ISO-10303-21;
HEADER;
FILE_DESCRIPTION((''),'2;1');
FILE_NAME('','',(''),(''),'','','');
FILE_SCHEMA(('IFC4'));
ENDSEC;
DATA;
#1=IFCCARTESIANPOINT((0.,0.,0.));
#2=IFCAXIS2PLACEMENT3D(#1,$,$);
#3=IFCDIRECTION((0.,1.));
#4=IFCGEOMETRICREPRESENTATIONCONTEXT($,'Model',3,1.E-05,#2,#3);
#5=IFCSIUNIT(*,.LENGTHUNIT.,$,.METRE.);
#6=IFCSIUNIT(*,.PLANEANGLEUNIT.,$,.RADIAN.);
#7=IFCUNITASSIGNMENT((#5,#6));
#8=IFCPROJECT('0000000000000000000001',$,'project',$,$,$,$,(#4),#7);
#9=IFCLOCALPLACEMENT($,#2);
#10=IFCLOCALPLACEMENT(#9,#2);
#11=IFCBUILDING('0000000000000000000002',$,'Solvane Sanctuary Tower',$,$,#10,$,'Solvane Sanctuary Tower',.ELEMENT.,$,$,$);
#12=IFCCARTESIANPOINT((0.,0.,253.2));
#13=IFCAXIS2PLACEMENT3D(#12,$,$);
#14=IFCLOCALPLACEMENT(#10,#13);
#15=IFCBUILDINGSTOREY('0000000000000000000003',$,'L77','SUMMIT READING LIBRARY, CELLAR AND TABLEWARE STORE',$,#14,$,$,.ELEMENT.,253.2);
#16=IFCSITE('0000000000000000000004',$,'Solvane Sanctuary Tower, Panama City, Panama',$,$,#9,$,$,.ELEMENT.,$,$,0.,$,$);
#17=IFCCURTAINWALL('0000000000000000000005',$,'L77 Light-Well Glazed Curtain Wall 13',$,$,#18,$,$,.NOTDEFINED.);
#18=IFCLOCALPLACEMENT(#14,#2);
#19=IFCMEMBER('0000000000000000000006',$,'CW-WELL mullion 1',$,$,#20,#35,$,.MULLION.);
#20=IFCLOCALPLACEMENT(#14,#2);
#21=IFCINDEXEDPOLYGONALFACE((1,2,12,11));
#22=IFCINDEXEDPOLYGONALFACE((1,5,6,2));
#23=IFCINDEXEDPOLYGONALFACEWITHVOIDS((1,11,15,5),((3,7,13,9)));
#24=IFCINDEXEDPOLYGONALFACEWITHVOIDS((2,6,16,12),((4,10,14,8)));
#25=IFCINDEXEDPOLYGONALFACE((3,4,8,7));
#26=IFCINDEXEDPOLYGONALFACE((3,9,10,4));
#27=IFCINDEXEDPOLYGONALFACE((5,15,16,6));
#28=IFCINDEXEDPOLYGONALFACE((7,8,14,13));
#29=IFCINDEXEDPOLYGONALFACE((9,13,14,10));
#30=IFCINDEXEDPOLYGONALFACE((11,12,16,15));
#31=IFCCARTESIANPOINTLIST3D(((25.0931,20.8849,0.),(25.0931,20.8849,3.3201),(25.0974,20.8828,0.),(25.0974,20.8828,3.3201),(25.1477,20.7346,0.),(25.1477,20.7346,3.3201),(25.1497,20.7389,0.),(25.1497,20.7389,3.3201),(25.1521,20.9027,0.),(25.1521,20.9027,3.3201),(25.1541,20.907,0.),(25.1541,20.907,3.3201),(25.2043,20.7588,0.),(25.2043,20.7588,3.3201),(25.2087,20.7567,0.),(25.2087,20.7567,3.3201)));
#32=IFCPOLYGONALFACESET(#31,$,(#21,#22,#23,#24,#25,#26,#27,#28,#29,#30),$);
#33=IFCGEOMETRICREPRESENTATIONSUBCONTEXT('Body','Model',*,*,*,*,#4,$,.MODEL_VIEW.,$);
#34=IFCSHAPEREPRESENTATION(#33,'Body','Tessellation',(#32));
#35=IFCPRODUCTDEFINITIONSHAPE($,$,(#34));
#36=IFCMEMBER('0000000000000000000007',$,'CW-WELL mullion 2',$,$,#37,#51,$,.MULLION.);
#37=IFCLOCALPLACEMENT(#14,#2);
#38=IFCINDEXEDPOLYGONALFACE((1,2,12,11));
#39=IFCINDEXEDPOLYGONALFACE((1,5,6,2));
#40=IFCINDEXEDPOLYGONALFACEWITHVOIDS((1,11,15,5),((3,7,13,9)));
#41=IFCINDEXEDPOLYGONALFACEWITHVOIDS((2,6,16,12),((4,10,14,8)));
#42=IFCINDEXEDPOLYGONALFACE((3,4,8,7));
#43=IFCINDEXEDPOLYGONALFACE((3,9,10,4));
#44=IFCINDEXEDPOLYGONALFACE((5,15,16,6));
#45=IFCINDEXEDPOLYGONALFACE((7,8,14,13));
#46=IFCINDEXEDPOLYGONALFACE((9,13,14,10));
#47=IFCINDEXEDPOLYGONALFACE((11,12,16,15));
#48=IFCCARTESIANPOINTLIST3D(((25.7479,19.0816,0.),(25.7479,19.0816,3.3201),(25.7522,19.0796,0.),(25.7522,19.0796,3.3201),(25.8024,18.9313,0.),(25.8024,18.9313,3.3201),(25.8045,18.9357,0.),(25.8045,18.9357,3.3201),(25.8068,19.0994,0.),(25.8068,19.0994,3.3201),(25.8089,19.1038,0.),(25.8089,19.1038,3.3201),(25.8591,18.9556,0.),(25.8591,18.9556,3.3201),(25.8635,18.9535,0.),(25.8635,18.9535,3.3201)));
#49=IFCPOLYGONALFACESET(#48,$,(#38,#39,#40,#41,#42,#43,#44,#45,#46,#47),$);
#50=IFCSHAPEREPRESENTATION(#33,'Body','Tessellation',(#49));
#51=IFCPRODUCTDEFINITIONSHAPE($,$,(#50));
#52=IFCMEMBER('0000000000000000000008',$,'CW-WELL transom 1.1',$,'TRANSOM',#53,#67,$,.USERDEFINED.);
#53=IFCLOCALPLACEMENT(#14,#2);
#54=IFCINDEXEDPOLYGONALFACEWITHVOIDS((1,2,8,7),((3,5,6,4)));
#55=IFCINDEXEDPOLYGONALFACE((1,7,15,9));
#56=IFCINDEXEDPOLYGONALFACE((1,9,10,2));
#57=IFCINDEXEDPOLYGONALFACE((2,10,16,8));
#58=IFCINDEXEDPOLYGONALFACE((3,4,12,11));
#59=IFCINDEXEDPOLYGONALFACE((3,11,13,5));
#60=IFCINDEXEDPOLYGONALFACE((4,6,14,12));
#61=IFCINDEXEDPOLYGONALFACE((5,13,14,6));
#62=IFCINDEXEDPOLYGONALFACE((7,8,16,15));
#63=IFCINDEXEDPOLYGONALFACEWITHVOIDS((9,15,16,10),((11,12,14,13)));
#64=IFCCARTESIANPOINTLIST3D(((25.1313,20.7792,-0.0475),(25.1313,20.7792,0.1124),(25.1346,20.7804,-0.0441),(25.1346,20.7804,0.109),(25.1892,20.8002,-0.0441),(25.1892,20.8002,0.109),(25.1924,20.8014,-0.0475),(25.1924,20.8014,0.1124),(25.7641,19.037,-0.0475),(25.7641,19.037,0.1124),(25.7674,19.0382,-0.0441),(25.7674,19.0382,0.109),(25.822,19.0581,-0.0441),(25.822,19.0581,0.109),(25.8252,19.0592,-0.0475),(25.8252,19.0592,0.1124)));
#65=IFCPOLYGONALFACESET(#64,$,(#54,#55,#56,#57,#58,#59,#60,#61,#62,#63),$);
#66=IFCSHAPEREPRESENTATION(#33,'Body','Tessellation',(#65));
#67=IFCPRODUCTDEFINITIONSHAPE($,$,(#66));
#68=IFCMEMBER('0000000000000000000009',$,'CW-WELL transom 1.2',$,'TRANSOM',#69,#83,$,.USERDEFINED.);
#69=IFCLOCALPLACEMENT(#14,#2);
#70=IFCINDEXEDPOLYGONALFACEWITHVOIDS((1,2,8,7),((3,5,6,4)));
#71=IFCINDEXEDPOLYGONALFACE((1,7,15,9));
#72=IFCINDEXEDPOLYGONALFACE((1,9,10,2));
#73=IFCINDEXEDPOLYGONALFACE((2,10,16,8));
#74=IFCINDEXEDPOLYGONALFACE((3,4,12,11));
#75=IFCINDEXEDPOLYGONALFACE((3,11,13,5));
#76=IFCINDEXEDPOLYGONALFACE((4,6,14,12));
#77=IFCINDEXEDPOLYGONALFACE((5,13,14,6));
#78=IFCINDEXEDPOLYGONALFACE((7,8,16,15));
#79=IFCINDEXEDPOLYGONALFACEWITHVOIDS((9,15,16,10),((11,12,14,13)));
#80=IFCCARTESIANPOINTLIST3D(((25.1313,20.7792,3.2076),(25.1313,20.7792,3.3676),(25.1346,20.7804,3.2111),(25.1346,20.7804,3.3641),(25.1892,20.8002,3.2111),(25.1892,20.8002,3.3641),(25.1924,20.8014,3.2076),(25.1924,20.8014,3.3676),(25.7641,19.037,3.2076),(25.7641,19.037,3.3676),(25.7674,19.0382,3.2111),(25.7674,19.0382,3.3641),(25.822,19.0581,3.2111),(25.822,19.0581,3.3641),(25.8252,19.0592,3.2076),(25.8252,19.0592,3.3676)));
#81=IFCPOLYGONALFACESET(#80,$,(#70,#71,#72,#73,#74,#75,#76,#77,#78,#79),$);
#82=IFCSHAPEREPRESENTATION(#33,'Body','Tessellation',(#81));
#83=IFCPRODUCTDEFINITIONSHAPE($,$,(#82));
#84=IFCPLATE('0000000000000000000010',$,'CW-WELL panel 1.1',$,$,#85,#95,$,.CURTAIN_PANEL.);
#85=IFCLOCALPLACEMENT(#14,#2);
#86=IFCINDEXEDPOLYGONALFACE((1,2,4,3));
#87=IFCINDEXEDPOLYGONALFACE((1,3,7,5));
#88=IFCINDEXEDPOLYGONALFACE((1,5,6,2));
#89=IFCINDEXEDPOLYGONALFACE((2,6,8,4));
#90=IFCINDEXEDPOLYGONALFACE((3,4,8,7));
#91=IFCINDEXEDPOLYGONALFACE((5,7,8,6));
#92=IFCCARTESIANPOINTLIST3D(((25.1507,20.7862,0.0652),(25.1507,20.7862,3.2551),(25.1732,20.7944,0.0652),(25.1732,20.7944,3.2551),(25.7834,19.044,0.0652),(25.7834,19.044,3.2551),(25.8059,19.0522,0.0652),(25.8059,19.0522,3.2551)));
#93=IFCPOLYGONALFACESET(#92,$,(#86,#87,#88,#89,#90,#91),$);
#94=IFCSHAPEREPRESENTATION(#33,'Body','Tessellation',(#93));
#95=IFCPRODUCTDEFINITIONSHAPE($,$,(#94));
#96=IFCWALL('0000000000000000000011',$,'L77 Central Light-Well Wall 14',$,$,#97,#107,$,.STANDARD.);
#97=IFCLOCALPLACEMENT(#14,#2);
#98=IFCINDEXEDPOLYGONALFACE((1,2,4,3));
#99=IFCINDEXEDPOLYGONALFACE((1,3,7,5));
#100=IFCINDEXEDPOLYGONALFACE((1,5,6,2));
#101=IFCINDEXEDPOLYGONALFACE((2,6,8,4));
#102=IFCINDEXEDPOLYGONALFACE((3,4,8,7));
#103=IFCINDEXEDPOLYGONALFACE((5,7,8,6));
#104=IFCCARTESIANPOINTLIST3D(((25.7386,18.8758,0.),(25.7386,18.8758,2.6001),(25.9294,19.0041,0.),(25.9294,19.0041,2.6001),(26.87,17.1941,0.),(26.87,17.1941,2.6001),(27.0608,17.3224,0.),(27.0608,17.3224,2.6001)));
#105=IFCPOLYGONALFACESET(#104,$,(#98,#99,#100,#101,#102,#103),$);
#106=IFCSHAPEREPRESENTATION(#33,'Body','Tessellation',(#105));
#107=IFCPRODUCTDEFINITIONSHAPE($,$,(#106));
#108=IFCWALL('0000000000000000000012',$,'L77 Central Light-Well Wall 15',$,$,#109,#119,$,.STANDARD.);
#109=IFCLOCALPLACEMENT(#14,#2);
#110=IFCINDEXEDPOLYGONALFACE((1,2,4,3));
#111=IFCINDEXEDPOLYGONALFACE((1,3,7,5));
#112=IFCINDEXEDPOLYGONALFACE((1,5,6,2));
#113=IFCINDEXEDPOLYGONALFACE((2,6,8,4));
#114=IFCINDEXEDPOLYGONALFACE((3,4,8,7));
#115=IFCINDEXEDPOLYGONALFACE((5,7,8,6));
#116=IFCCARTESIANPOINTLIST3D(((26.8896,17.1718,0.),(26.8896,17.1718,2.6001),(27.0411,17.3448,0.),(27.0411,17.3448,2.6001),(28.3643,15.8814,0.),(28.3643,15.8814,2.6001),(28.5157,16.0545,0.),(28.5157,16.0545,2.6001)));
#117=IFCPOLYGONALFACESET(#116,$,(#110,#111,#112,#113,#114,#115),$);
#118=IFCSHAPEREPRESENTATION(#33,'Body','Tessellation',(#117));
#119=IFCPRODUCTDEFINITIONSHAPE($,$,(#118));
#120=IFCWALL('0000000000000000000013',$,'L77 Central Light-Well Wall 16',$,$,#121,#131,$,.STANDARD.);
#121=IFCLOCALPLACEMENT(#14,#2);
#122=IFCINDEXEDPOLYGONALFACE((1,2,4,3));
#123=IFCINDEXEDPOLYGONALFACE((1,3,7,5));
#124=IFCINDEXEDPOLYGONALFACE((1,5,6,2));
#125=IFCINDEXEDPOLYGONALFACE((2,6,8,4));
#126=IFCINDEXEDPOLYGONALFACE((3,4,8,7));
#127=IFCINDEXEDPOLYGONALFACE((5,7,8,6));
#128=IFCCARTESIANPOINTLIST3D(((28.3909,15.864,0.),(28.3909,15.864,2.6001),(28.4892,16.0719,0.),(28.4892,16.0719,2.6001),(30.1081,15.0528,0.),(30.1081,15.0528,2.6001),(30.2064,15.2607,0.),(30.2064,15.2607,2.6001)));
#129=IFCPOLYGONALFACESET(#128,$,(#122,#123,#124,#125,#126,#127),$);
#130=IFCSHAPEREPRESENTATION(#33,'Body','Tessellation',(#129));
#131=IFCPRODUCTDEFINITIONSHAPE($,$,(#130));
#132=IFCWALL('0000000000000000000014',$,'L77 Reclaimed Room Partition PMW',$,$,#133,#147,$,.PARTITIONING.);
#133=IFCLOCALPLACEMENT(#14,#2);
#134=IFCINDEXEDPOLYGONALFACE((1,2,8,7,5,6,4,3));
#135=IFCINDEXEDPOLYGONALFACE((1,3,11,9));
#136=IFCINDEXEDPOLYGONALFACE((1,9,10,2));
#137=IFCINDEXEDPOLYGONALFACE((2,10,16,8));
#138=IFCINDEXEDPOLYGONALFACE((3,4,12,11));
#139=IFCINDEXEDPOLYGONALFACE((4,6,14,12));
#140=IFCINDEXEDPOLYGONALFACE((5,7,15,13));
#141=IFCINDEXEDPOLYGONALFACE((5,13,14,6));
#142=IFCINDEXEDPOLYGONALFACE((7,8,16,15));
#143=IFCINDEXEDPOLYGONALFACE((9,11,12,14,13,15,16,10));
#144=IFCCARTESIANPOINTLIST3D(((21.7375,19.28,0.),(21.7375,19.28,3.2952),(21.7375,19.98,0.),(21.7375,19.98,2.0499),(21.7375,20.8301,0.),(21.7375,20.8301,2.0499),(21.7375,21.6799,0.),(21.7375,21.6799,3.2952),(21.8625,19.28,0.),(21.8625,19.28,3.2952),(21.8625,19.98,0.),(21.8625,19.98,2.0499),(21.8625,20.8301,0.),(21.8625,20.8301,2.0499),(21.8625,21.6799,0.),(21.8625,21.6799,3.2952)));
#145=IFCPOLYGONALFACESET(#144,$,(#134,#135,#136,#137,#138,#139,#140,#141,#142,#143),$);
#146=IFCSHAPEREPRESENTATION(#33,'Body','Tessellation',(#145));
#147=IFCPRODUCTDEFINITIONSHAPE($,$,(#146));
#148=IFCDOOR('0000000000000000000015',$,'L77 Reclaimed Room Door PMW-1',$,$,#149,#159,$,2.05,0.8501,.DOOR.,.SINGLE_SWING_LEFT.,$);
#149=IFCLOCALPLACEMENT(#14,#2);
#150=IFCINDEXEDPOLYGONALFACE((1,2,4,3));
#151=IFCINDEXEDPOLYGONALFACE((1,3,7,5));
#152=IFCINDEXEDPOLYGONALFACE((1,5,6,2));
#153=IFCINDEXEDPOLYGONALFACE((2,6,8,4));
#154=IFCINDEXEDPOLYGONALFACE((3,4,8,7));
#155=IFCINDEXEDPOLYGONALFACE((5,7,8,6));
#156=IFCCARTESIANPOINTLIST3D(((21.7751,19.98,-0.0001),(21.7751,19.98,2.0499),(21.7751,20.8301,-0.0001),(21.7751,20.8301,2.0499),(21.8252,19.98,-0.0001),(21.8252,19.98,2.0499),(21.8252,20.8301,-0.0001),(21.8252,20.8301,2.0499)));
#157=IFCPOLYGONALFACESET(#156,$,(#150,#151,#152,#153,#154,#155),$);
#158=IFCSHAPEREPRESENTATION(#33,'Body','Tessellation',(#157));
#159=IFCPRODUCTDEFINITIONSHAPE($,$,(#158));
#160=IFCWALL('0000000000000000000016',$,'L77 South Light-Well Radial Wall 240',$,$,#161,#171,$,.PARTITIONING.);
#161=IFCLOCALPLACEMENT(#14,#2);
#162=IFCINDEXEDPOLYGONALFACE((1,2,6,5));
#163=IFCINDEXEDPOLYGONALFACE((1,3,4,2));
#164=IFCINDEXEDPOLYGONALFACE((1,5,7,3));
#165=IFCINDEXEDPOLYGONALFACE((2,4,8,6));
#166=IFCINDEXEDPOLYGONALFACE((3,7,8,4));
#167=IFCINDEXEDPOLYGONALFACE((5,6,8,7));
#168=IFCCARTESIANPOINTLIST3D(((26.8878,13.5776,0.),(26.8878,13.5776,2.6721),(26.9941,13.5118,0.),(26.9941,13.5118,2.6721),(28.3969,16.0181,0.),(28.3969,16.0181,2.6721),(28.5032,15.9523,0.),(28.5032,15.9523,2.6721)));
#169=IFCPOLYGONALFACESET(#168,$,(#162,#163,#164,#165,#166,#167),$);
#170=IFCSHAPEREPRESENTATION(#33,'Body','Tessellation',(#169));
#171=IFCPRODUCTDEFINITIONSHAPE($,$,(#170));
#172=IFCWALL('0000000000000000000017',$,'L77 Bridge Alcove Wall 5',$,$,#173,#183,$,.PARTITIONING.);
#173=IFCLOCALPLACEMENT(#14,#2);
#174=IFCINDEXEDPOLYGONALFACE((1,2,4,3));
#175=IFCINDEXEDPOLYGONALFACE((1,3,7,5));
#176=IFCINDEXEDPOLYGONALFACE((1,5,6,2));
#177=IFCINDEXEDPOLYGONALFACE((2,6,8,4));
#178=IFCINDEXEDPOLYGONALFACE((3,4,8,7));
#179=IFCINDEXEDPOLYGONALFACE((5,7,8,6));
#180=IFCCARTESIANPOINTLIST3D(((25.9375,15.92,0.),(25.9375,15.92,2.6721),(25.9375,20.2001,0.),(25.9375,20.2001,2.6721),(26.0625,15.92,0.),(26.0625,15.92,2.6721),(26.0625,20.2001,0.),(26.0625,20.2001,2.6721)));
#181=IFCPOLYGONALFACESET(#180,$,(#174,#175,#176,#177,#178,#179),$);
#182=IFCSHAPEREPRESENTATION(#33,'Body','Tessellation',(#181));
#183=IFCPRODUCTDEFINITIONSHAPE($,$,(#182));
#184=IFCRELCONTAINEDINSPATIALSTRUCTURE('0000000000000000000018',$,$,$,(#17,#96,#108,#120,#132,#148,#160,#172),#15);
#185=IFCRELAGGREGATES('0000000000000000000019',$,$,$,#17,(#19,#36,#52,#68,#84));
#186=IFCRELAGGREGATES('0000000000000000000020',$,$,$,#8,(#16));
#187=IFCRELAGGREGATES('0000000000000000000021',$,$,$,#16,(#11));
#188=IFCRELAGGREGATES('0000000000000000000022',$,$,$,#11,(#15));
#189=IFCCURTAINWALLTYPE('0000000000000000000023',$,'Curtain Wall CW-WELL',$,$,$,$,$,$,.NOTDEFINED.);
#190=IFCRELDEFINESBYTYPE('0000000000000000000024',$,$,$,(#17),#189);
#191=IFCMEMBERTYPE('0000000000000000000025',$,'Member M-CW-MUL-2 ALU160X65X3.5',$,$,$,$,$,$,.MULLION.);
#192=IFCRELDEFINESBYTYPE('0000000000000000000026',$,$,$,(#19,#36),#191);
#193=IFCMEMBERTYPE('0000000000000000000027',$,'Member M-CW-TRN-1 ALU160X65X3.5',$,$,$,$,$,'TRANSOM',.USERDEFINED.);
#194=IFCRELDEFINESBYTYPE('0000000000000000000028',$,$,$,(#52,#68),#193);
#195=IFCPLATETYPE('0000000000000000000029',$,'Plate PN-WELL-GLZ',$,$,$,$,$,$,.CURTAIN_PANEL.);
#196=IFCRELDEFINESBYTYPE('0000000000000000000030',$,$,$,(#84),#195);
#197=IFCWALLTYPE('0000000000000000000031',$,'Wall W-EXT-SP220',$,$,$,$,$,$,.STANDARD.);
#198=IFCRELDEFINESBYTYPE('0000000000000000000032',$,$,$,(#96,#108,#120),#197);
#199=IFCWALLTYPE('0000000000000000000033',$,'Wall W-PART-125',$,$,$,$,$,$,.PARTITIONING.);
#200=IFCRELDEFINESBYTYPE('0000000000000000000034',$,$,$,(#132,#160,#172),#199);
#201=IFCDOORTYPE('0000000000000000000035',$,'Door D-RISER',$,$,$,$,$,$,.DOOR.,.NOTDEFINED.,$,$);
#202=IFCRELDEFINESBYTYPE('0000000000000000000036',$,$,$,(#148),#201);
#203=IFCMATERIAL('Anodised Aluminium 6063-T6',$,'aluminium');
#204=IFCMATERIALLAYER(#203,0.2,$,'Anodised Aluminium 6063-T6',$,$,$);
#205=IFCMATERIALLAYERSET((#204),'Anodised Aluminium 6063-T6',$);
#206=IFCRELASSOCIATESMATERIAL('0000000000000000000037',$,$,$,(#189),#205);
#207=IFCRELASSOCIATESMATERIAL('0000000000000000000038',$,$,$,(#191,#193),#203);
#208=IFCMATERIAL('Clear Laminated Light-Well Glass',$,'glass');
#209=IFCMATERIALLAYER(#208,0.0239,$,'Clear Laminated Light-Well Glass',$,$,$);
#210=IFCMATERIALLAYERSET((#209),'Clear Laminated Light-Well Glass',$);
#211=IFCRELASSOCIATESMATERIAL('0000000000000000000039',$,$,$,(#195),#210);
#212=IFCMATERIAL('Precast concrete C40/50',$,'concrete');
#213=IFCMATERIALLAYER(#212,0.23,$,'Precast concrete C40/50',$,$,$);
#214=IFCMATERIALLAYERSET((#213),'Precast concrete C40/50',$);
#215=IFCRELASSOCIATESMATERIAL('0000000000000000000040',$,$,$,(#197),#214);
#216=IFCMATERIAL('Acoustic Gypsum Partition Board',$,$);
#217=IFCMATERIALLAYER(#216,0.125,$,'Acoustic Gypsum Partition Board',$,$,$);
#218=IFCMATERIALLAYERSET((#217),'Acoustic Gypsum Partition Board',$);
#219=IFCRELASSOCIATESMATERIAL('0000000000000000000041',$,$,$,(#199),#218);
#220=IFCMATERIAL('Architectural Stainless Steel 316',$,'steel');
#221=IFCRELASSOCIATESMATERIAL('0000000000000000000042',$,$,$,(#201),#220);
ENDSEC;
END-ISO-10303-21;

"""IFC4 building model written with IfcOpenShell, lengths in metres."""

from ifc_helpers import new_model, si_unit, direction, frame, frame_2d, origin, origin_2d, place, context, subcontext, project, spatial, rectangle, hollow_rectangle, extrude, material, layer, layer_set, material_profile, profile_set, type_object, element, fill, aggregate, save


model = new_model("IFC4")

# Units and contexts
model_context = context("Model", 3, precision=1e-05, world=origin(), true_north=direction((0.0, 1.0)))
body_context = subcontext(model_context, "Body", "Model", "MODEL_VIEW")
ifc_project = project(units=[si_unit("LENGTHUNIT", "METRE"), si_unit("PLANEANGLEUNIT", "RADIAN")], contexts=[model_context])

# Site, building, storey
site_placement = place(None, origin())
site = spatial("IfcSite", under=ifc_project, at=site_placement, Name="Solvane Sanctuary Tower, Panama City, Panama", CompositionType="ELEMENT", RefElevation=0.0)
building_placement = place(site_placement, origin())
building = spatial("IfcBuilding", under=site, at=building_placement, Name="Solvane Sanctuary Tower", LongName="Solvane Sanctuary Tower", CompositionType="ELEMENT")
storey_placement = place(building_placement, frame((0.0, 0.0, 253.2)))
storey = spatial("IfcBuildingStorey", under=building, at=storey_placement, Name="L77", Description="SUMMIT READING LIBRARY, CELLAR AND TABLEWARE STORE", CompositionType="ELEMENT", Elevation=253.2)

# Curtain wall, members, plate
ifc_material_1 = material(Name="Anodised Aluminium 6063-T6", Category="aluminium")
ifc_layer_1 = layer(ifc_material_1, 0.2, Name="Anodised Aluminium 6063-T6")
ifc_layer_set_1 = layer_set([ifc_layer_1], Name="Anodised Aluminium 6063-T6")
curtain_wall_type = type_object("IfcCurtainWallType", Name="Curtain Wall CW-WELL", PredefinedType="NOTDEFINED", material=ifc_layer_set_1)
curtain_wall_placement = place(storey_placement, origin())
curtain_wall = element("IfcCurtainWall", 1, at=curtain_wall_placement, inside=storey, type_object=curtain_wall_type, Name="L77 Light-Well Glazed Curtain Wall 13", PredefinedType="NOTDEFINED")
ifc_material_profile_1 = material_profile(ifc_material_1, hollow_rectangle(XDim=0.0649, YDim=0.1599, WallThickness=0.0034, at=origin_2d()), Name="ALU160X65X3.5")
ifc_profile_set_1 = profile_set([ifc_material_profile_1], Name="Anodised Aluminium 6063-T6")
member_type_1 = type_object("IfcMemberType", Name="Member M-CW-MUL-2 ALU160X65X3.5", PredefinedType="MULLION", material=ifc_profile_set_1)
member_1_placement = place(storey_placement, frame((25.1509, 20.8208, 0.0), z_axis=(0.0, 0.0, 1.0), x_axis=(0.939933, 0.341358, 0.0)))
member_1 = element("IfcMember", 2, at=member_1_placement, type_object=member_type_1, Name="CW-WELL mullion 1", PredefinedType="MULLION", context=body_context, shape_type="SweptSolid", body=[
    extrude(hollow_rectangle(XDim=0.0649, YDim=0.1599, WallThickness=0.0034, at=origin_2d()), origin(), (0.0, 0.0, 1.0), 3.3201),
])
member_2_placement = place(storey_placement, frame((25.8057, 19.0176, 0.0), z_axis=(0.0, 0.0, 1.0), x_axis=(0.939933, 0.341358, 0.0)))
member_2 = element("IfcMember", 3, at=member_2_placement, type_object=member_type_1, Name="CW-WELL mullion 2", PredefinedType="MULLION", context=body_context, shape_type="SweptSolid", body=[
    extrude(hollow_rectangle(XDim=0.0649, YDim=0.1599, WallThickness=0.0034, at=origin_2d()), origin(), (0.0, 0.0, 1.0), 3.3201),
])
ifc_material_profile_2 = material_profile(ifc_material_1, hollow_rectangle(XDim=0.0649, YDim=0.1599, WallThickness=0.0034, at=origin_2d()), Name="ALU160X65X3.5")
ifc_profile_set_2 = profile_set([ifc_material_profile_2], Name="Anodised Aluminium 6063-T6")
member_type_2 = type_object("IfcMemberType", Name="Member M-CW-TRN-1 ALU160X65X3.5", ElementType="TRANSOM", PredefinedType="USERDEFINED", material=ifc_profile_set_2)
member_3_placement = place(storey_placement, frame((25.1619, 20.7903, 0.0325), z_axis=(0.341405, -0.939916, 0.0), x_axis=(0.939916, 0.341405, 0.0)))
member_3 = element("IfcMember", 4, at=member_3_placement, type_object=member_type_2, Name="CW-WELL transom 1.1", ObjectType="TRANSOM", PredefinedType="USERDEFINED", context=body_context, shape_type="SweptSolid", body=[
    extrude(hollow_rectangle(XDim=0.0649, YDim=0.1599, WallThickness=0.0034, at=origin_2d()), origin(), (0.0, 0.0, 1.0), 1.8535),
])
member_4_placement = place(storey_placement, frame((25.1619, 20.7903, 3.2876), z_axis=(0.341405, -0.939916, 0.0), x_axis=(0.939916, 0.341405, 0.0)))
member_4 = element("IfcMember", 5, at=member_4_placement, type_object=member_type_2, Name="CW-WELL transom 1.2", ObjectType="TRANSOM", PredefinedType="USERDEFINED", context=body_context, shape_type="SweptSolid", body=[
    extrude(hollow_rectangle(XDim=0.0649, YDim=0.1599, WallThickness=0.0034, at=origin_2d()), origin(), (0.0, 0.0, 1.0), 1.8535),
])
ifc_material_2 = material(Name="Clear Laminated Light-Well Glass", Category="glass")
ifc_layer_2 = layer(ifc_material_2, 0.0239, Name="Clear Laminated Light-Well Glass")
ifc_layer_set_2 = layer_set([ifc_layer_2], Name="Clear Laminated Light-Well Glass")
plate_type = type_object("IfcPlateType", Name="Plate PN-WELL-GLZ", PredefinedType="CURTAIN_PANEL", material=ifc_layer_set_2)
plate_placement = place(storey_placement, frame((25.4783, 19.9192, 0.0652), z_axis=(0.0, 0.0, 1.0), x_axis=(0.341358, -0.939933, 0.0)))
plate = element("IfcPlate", 6, at=plate_placement, type_object=plate_type, Name="CW-WELL panel 1.1", PredefinedType="CURTAIN_PANEL", context=body_context, shape_type="SweptSolid", body=[
    extrude(rectangle(XDim=1.8535, YDim=0.0239, at=origin_2d()), origin(), (0.0, 0.0, 1.0), 3.1899),
])
aggregate(curtain_wall, [member_1, member_2, member_3, member_4, plate])

# Walls
ifc_material_3 = material(Name="Precast concrete C40/50", Category="concrete")
ifc_layer_3 = layer(ifc_material_3, 0.23, Name="Precast concrete C40/50")
ifc_layer_set_3 = layer_set([ifc_layer_3], Name="Precast concrete C40/50")
wall_type_1 = type_object("IfcWallType", Name="Wall W-EXT-SP220", PredefinedType="STANDARD", material=ifc_layer_set_3)
wall_1_placement = place(storey_placement, frame((25.834, 18.9399, 0.0), z_axis=(0.0, 0.0, 1.0), x_axis=(0.558198, -0.829708, 0.0)))
element("IfcWall", 7, at=wall_1_placement, inside=storey, type_object=wall_type_1, Name="L77 Central Light-Well Wall 14", PredefinedType="STANDARD", context=body_context, shape_type="SweptSolid", body=[
    extrude(rectangle(XDim=2.0269, YDim=0.23, at=frame_2d((1.0134, 0.0))), origin(), (0.0, 0.0, 1.0), 2.6001),
])
wall_2_placement = place(storey_placement, frame((26.9653, 17.2583, 0.0), z_axis=(0.0, 0.0, 1.0), x_axis=(0.752577, -0.658505, 0.0)))
element("IfcWall", 8, at=wall_2_placement, inside=storey, type_object=wall_type_1, Name="L77 Central Light-Well Wall 15", PredefinedType="STANDARD", context=body_context, shape_type="SweptSolid", body=[
    extrude(rectangle(XDim=1.9595, YDim=0.23, at=frame_2d((0.9797, 0.0))), origin(), (0.0, 0.0, 1.0), 2.6001),
])
wall_3_placement = place(storey_placement, frame((28.4399, 15.968, 0.0), z_axis=(0.0, 0.0, 1.0), x_axis=(0.90418, -0.427152, 0.0)))
element("IfcWall", 9, at=wall_3_placement, inside=storey, type_object=wall_type_1, Name="L77 Central Light-Well Wall 16", PredefinedType="STANDARD", context=body_context, shape_type="SweptSolid", body=[
    extrude(rectangle(XDim=1.8992, YDim=0.23, at=frame_2d((0.9497, 0.0))), origin(), (0.0, 0.0, 1.0), 2.6001),
])

# Wall, opening, door
ifc_material_4 = material(Name="Acoustic Gypsum Partition Board")
ifc_layer_4 = layer(ifc_material_4, 0.125, Name="Acoustic Gypsum Partition Board")
ifc_layer_set_4 = layer_set([ifc_layer_4], Name="Acoustic Gypsum Partition Board")
wall_type_2 = type_object("IfcWallType", Name="Wall W-PART-125", PredefinedType="PARTITIONING", material=ifc_layer_set_4)
wall_4_placement = place(storey_placement, frame((21.8, 19.28, 0.0), z_axis=(0.0, 0.0, 1.0), x_axis=(0.0, 1.0, 0.0)))
wall_4 = element("IfcWall", 10, at=wall_4_placement, inside=storey, type_object=wall_type_2, Name="L77 Reclaimed Room Partition PMW", PredefinedType="PARTITIONING", context=body_context, shape_type="SweptSolid", body=[
    extrude(rectangle(XDim=2.3999, YDim=0.125, at=frame_2d((1.2, 0.0))), origin(), (0.0, 0.0, 1.0), 3.2952),
])
opening_1_placement = place(wall_4_placement, frame((0.7, 0.0, 0.0)))
opening_1 = element("IfcOpeningElement", 11, at=opening_1_placement, cuts=wall_4, PredefinedType="OPENING", context=body_context, shape_type="SweptSolid", body=[
    extrude(rectangle(XDim=0.8501, YDim=2.05, at=frame_2d((0.425, 1.0249))), frame((0.0, 0.0725, 0.0), z_axis=(0.0, -1.0, 0.0), x_axis=(1.0, 0.0, 0.0)), (0.0, 0.0, 1.0), 0.145),
])
ifc_material_5 = material(Name="Architectural Stainless Steel 316", Category="steel")
door_type_1 = type_object("IfcDoorType", Name="Door D-RISER", OperationType="NOTDEFINED", PredefinedType="DOOR", material=ifc_material_5)
door_1_placement = place(opening_1_placement, origin())
door_1 = element("IfcDoor", 12, at=door_1_placement, inside=storey, type_object=door_type_1, Name="L77 Reclaimed Room Door PMW-1", OperationType="SINGLE_SWING_LEFT", OverallHeight=2.05, OverallWidth=0.8501, PredefinedType="DOOR", context=body_context, shape_type="SweptSolid", body=[
    extrude(rectangle(XDim=0.8501, YDim=2.05, at=frame_2d((0.425, 1.0249))), frame((0.0, 0.0249, 0.0), z_axis=(0.0, -1.0, 0.0), x_axis=(1.0, 0.0, 0.0)), (0.0, 0.0, 1.0), 0.05),
])
fill(opening_1, door_1)

# Walls
wall_5_placement = place(storey_placement, frame((28.45, 15.9851, 0.0), z_axis=(0.0, 0.0, 1.0), x_axis=(-0.525924, -0.850532, 0.0)))
element("IfcWall", 13, at=wall_5_placement, inside=storey, type_object=wall_type_2, Name="L77 South Light-Well Radial Wall 240", PredefinedType="PARTITIONING", context=body_context, shape_type="SweptSolid", body=[
    extrude(rectangle(XDim=2.8694, YDim=0.125, at=frame_2d((1.4346, 0.0))), origin(), (0.0, 0.0, 1.0), 2.6721),
])
wall_6_placement = place(storey_placement, frame((26.0, 15.9199, 0.0), z_axis=(0.0, 0.0, 1.0), x_axis=(0.0, 1.0, 0.0)))
element("IfcWall", 14, at=wall_6_placement, inside=storey, type_object=wall_type_2, Name="L77 Bridge Alcove Wall 5", PredefinedType="PARTITIONING", context=body_context, shape_type="SweptSolid", body=[
    extrude(rectangle(XDim=4.28, YDim=0.125, at=frame_2d((2.1401, 0.0))), origin(), (0.0, 0.0, 1.0), 2.6721),
])

save(model, "model.ifc")
